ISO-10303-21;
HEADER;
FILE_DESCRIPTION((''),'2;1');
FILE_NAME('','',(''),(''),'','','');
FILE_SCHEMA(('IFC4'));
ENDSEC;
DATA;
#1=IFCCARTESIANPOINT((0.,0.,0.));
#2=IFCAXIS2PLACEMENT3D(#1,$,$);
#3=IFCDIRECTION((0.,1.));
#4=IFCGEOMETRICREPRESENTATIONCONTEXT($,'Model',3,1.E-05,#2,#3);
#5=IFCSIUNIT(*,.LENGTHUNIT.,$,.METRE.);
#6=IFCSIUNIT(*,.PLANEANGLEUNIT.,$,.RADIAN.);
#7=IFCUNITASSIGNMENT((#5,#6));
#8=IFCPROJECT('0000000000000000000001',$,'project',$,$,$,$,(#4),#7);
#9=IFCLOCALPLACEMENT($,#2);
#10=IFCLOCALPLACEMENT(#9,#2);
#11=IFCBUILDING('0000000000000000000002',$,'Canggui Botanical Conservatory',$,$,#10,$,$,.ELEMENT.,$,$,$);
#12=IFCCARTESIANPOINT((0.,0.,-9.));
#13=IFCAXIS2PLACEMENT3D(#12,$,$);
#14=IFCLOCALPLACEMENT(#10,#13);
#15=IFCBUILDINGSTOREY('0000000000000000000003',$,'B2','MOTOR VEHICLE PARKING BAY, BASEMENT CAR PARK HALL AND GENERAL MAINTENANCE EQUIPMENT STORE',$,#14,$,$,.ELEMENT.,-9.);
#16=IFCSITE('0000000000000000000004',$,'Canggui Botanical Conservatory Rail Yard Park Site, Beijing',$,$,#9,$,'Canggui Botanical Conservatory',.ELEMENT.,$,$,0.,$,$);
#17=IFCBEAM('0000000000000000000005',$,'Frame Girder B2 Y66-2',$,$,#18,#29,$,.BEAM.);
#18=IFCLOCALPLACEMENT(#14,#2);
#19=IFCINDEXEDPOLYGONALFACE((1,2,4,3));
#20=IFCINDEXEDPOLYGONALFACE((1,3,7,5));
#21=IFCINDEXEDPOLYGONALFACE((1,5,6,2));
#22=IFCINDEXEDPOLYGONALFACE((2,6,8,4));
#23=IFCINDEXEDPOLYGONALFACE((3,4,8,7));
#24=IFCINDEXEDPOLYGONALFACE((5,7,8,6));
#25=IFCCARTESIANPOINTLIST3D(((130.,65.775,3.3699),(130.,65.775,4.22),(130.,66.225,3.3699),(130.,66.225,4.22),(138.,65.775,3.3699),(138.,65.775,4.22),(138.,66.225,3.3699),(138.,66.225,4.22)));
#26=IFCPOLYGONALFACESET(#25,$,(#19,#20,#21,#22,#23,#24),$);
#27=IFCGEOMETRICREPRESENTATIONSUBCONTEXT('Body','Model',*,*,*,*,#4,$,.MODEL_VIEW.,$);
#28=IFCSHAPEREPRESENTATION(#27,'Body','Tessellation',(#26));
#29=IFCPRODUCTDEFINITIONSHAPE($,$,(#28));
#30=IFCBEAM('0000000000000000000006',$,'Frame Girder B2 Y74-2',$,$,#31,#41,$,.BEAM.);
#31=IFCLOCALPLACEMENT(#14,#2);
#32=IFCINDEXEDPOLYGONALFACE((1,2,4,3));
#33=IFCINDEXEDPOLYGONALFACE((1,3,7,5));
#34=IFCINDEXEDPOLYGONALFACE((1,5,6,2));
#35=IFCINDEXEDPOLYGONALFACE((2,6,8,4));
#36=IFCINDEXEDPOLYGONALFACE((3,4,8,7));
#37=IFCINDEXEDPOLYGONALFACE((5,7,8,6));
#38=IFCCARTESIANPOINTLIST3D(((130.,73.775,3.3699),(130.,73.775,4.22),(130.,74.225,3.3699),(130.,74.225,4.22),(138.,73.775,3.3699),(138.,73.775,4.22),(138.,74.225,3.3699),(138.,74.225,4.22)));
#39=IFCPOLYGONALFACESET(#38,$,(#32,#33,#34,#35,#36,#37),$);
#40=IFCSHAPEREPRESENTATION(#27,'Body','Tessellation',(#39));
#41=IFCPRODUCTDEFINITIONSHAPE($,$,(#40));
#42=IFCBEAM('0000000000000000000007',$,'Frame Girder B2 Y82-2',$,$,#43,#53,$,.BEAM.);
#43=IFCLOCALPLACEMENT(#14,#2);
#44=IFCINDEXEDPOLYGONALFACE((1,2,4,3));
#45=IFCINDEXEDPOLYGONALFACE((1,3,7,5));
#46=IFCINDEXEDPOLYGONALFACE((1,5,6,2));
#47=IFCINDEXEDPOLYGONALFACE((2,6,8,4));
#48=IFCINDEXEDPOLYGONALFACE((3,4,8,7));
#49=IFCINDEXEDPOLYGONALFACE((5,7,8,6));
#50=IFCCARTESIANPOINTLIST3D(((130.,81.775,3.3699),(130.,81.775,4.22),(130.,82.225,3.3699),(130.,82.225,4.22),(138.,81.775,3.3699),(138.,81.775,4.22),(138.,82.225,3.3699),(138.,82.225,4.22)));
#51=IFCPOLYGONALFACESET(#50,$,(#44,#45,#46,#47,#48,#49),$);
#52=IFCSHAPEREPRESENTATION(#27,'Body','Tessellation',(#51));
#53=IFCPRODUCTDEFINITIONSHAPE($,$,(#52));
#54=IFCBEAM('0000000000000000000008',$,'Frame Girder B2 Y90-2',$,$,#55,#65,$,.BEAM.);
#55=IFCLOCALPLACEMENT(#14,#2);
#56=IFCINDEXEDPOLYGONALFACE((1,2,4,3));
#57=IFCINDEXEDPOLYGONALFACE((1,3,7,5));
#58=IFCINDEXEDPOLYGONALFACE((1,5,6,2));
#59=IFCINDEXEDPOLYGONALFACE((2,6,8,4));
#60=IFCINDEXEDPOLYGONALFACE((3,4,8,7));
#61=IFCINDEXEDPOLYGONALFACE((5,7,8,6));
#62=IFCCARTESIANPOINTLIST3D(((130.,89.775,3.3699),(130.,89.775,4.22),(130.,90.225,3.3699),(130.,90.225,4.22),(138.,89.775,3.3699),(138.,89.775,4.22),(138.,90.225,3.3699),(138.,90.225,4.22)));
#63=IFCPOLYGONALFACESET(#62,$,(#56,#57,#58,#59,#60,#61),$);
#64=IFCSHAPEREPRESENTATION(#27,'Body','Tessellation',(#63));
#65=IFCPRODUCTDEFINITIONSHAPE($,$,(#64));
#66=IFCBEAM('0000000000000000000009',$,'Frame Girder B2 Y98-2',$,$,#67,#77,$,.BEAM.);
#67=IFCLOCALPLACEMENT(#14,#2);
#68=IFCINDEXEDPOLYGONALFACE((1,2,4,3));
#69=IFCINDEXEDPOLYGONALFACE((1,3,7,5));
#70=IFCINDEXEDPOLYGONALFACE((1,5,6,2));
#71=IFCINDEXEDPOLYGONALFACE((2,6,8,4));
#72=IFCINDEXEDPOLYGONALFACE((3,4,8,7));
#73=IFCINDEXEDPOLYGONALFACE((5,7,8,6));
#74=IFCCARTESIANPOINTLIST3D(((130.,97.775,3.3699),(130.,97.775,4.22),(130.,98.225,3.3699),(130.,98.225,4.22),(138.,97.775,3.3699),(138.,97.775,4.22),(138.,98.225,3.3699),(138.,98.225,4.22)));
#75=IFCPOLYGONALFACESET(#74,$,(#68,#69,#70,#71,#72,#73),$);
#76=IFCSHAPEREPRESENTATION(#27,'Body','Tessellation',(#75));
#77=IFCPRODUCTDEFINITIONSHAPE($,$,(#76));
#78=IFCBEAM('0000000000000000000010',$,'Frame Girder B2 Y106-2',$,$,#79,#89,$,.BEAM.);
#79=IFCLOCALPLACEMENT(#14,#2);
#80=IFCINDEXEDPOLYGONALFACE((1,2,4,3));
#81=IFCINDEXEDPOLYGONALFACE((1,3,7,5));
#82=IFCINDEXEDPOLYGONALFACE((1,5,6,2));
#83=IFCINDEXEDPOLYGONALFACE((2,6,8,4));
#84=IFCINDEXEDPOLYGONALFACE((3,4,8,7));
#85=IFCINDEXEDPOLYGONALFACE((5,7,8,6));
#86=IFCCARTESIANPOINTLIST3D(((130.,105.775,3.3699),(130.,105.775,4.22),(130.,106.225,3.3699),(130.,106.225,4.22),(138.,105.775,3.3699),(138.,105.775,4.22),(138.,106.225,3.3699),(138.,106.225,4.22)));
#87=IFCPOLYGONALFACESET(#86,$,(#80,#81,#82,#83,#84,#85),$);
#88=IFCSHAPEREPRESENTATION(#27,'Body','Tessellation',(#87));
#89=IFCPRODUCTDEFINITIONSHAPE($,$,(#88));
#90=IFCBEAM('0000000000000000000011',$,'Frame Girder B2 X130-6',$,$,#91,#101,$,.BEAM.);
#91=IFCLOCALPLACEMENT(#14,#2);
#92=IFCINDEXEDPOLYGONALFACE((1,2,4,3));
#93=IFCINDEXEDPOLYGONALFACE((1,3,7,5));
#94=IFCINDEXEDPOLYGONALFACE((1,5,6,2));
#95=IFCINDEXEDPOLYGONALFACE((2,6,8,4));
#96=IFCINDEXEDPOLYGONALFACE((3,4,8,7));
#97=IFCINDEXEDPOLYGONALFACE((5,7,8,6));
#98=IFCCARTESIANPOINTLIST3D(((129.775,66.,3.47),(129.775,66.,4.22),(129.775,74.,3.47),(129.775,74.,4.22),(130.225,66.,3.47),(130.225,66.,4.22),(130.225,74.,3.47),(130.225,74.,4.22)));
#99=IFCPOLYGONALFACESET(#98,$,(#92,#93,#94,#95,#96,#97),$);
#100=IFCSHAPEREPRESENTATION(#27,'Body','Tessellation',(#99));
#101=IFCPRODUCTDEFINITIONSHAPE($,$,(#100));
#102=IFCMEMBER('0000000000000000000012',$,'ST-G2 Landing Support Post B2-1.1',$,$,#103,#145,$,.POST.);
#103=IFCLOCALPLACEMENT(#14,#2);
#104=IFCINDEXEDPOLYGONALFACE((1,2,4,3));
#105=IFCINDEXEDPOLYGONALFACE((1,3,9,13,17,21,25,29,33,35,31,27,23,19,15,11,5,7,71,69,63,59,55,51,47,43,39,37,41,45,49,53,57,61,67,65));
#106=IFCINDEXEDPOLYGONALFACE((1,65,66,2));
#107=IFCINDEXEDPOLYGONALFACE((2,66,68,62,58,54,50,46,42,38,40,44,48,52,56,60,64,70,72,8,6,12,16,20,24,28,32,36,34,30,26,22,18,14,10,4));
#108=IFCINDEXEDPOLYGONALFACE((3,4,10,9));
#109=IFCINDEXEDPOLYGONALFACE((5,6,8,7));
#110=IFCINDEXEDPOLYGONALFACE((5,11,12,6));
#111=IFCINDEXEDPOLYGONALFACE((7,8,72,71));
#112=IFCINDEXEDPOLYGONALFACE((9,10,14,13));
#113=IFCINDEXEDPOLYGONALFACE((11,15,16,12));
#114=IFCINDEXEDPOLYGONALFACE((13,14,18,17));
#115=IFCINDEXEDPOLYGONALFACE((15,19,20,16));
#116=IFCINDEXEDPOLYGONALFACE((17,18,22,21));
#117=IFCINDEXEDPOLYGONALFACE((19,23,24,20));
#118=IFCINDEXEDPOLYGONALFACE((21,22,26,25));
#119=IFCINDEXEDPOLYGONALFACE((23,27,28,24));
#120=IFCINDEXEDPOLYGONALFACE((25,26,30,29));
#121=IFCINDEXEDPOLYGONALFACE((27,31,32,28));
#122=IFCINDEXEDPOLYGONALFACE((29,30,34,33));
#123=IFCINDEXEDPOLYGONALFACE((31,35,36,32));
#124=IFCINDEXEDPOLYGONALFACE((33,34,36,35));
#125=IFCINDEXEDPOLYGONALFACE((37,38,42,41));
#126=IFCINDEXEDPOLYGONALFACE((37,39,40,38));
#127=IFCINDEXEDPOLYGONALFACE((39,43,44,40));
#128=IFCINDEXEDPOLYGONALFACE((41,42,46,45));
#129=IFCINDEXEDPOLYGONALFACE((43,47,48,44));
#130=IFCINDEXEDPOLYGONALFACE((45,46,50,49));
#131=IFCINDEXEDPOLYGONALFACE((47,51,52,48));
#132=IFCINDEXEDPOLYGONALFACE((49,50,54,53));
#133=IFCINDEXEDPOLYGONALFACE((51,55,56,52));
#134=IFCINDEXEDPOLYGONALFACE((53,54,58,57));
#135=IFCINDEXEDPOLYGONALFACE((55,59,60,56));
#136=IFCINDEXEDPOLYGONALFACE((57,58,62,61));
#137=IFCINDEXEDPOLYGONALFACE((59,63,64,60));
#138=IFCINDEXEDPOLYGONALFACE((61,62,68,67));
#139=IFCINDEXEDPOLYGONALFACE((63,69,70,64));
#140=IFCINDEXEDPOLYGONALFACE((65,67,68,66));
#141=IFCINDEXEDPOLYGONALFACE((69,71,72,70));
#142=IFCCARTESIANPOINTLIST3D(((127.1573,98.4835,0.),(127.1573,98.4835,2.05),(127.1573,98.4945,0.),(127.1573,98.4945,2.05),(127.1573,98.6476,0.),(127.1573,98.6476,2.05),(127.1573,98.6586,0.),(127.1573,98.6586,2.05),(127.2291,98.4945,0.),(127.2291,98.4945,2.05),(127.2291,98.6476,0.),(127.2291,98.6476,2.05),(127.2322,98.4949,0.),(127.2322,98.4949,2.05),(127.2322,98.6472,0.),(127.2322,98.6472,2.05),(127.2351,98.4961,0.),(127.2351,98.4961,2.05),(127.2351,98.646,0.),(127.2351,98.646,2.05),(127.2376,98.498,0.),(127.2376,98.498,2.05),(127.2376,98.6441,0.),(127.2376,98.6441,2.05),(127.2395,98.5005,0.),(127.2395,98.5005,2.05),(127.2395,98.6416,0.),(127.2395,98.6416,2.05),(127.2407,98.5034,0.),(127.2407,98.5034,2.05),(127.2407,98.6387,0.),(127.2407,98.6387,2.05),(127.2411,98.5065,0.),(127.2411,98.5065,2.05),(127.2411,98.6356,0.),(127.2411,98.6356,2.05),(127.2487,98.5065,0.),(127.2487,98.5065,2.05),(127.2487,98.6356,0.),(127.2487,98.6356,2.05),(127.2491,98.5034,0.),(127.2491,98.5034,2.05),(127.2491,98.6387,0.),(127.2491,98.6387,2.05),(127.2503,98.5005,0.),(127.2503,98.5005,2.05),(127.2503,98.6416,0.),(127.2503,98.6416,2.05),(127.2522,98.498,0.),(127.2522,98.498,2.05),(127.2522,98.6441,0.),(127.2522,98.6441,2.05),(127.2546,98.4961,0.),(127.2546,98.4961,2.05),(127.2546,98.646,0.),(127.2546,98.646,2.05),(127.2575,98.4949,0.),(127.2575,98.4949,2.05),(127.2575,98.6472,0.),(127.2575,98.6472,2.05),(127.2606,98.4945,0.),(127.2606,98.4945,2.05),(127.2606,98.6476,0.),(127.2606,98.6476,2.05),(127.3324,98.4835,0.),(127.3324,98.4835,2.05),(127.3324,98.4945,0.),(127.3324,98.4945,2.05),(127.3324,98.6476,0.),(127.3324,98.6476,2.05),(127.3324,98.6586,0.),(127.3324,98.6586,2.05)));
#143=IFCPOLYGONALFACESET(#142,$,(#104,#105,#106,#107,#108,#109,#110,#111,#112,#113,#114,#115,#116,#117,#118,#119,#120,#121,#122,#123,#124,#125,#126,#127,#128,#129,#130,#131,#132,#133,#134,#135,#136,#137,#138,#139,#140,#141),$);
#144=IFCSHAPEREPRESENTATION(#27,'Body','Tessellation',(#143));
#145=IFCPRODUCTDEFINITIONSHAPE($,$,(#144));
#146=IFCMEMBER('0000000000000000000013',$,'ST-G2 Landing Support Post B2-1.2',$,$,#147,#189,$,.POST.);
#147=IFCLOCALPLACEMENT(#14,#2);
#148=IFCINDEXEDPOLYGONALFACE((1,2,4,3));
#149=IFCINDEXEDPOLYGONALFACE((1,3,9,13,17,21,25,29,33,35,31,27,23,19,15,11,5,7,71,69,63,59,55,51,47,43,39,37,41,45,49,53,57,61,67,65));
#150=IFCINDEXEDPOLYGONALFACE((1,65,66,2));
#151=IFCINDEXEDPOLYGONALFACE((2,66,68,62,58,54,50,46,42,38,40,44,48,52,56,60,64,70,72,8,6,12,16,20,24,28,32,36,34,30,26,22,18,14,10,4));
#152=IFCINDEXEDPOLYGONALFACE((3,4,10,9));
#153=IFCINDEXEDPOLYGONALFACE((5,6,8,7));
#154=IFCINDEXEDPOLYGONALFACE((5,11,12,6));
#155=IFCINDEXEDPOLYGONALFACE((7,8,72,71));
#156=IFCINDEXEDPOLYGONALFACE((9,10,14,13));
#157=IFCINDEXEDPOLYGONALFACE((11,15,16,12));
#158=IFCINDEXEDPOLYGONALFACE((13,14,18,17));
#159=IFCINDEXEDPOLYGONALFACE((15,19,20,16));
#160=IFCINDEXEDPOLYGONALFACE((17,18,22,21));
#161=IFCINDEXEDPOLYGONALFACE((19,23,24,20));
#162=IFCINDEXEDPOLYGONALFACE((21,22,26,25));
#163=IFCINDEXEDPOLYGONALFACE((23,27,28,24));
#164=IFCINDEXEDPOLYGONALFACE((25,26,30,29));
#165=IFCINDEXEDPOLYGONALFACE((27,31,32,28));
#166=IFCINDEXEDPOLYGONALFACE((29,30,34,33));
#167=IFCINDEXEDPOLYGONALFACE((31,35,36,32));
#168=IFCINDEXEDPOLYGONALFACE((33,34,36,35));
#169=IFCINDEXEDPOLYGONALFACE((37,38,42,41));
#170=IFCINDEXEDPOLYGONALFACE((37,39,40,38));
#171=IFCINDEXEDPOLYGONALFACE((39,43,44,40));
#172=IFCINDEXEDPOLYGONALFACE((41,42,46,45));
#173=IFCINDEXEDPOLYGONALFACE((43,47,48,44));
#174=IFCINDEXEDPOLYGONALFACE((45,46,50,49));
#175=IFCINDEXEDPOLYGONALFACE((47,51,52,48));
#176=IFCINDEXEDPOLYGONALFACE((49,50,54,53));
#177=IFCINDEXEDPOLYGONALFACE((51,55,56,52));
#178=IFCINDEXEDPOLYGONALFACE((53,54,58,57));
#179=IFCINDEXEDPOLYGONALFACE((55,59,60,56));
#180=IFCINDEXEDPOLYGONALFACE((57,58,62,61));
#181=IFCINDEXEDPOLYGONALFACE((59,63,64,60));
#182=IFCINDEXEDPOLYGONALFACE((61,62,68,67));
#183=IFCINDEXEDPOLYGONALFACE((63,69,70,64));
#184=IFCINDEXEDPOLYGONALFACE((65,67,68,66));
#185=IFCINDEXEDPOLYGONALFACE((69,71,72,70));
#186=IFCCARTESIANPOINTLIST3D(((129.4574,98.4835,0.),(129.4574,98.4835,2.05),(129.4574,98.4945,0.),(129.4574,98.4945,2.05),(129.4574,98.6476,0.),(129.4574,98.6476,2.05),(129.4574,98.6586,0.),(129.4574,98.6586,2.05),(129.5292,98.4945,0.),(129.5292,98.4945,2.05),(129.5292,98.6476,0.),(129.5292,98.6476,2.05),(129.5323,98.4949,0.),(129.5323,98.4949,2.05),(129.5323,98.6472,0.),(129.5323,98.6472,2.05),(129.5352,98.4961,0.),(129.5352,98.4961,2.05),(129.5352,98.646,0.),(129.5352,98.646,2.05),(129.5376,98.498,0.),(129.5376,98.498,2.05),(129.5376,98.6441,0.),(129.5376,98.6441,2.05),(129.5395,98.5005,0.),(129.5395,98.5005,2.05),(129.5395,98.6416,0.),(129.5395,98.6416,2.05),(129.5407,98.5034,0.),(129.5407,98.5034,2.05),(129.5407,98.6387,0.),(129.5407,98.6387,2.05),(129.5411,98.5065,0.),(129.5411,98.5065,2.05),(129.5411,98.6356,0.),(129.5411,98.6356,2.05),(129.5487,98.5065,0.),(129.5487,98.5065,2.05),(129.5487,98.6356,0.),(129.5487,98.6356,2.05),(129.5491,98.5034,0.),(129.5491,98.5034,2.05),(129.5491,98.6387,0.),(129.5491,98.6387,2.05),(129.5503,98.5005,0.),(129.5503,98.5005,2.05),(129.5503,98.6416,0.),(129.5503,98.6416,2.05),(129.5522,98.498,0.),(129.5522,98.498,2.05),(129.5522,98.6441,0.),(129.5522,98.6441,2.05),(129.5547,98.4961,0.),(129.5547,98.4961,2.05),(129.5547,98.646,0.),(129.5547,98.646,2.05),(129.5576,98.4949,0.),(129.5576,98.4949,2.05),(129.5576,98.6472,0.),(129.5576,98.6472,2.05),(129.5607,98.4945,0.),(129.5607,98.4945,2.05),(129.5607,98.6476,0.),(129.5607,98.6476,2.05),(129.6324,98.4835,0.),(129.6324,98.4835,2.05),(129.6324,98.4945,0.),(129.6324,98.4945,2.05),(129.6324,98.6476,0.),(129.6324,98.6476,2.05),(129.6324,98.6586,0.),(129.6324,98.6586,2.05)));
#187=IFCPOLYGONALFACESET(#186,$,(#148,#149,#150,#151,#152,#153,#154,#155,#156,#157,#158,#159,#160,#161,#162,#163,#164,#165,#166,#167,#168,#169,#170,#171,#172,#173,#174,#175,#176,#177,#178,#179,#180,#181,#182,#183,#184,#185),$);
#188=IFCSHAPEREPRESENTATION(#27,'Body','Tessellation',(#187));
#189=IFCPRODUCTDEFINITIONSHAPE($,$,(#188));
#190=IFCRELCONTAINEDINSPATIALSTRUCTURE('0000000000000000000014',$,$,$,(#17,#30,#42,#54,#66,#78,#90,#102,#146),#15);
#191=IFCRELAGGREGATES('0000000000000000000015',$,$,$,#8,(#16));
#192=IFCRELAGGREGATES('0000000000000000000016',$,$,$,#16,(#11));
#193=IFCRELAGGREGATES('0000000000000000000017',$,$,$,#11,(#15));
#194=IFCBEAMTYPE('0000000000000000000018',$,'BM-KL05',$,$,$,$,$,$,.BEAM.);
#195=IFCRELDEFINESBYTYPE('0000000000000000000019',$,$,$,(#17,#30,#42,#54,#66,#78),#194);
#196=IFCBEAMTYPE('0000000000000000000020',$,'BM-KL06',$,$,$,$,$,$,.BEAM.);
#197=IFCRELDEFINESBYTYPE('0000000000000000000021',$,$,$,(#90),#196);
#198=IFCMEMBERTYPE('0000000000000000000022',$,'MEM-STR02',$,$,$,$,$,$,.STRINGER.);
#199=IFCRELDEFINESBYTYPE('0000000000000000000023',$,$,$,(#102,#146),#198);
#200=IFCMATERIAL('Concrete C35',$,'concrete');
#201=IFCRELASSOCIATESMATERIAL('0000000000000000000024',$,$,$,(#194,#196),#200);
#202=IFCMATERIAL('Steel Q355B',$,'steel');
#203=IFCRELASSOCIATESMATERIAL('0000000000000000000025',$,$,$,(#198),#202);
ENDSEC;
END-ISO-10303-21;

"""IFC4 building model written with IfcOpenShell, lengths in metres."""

from ifc_helpers import new_model, si_unit, direction, frame, origin, origin_2d, place, context, subcontext, project, spatial, rectangle, i_section, extrude, material, material_profile, profile_set, type_object, element, save


model = new_model("IFC4")

# Units and contexts
model_context = context("Model", 3, precision=1e-05, world=origin(), true_north=direction((0.0, 1.0)))
body_context = subcontext(model_context, "Body", "Model", "MODEL_VIEW")
ifc_project = project(units=[si_unit("LENGTHUNIT", "METRE"), si_unit("PLANEANGLEUNIT", "RADIAN")], contexts=[model_context])

# Site, building, storey
site_placement = place(None, origin())
site = spatial("IfcSite", under=ifc_project, at=site_placement, Name="Canggui Botanical Conservatory Rail Yard Park Site, Beijing", LongName="Canggui Botanical Conservatory", CompositionType="ELEMENT", RefElevation=0.0)
building_placement = place(site_placement, origin())
building = spatial("IfcBuilding", under=site, at=building_placement, Name="Canggui Botanical Conservatory", CompositionType="ELEMENT")
storey_placement = place(building_placement, frame((0.0, 0.0, -9.0)))
storey = spatial("IfcBuildingStorey", under=building, at=storey_placement, Name="B2", Description="MOTOR VEHICLE PARKING BAY, BASEMENT CAR PARK HALL AND GENERAL MAINTENANCE EQUIPMENT STORE", CompositionType="ELEMENT", Elevation=-9.0)

# Shared definitions
ifc_material_1 = material(Name="Concrete C35", Category="concrete")

# Beams
ifc_material_profile_1 = material_profile(ifc_material_1, rectangle(XDim=0.45, YDim=0.8501, at=origin_2d()), Name="RB 450x850")
ifc_profile_set_1 = profile_set([ifc_material_profile_1], Name="Concrete C35")
beam_type_1 = type_object("IfcBeamType", Name="BM-KL05", PredefinedType="BEAM", material=ifc_profile_set_1)
for number, where, z_axis, x_axis, name in (
    (1, (130.0, 66.0, 3.7949), (1.0, 0.0, 0.0), (0.0, 1.0, 0.0), "Frame Girder B2 Y66-2"),
    (2, (130.0, 74.0, 3.7949), (1.0, 0.0, 0.0), (0.0, 1.0, 0.0), "Frame Girder B2 Y74-2"),
    (3, (130.0, 82.0, 3.7949), (1.0, 0.0, 0.0), (0.0, 1.0, 0.0), "Frame Girder B2 Y82-2"),
    (4, (130.0, 90.0, 3.7949), (1.0, 0.0, 0.0), (0.0, 1.0, 0.0), "Frame Girder B2 Y90-2"),
    (5, (130.0, 98.0, 3.7949), (1.0, 0.0, 0.0), (0.0, 1.0, 0.0), "Frame Girder B2 Y98-2"),
    (6, (130.0, 106.0, 3.7949), (1.0, 0.0, 0.0), (0.0, 1.0, 0.0), "Frame Girder B2 Y106-2"),
):
    element("IfcBeam", number, at=place(storey_placement, frame(where, z_axis=z_axis, x_axis=x_axis)), inside=storey, type_object=beam_type_1, Name=name, PredefinedType="BEAM", context=body_context, shape_type="SweptSolid", body=[
        extrude(rectangle(XDim=0.45, YDim=0.8501, at=origin_2d()), origin(), (0.0, 0.0, 1.0), 8.0),
    ])
ifc_material_profile_2 = material_profile(ifc_material_1, rectangle(XDim=0.45, YDim=0.75, at=origin_2d()), Name="RB 450x750")
ifc_profile_set_2 = profile_set([ifc_material_profile_2], Name="Concrete C35")
beam_type_2 = type_object("IfcBeamType", Name="BM-KL06", PredefinedType="BEAM", material=ifc_profile_set_2)
beam_placement = place(storey_placement, frame((130.0, 66.0, 3.845), z_axis=(0.0, 1.0, 0.0), x_axis=(-1.0, 0.0, 0.0)))
element("IfcBeam", 7, at=beam_placement, inside=storey, type_object=beam_type_2, Name="Frame Girder B2 X130-6", PredefinedType="BEAM", context=body_context, shape_type="SweptSolid", body=[
    extrude(rectangle(XDim=0.45, YDim=0.75, at=origin_2d()), origin(), (0.0, 0.0, 1.0), 8.0),
])

# Members
ifc_material_2 = material(Name="Steel Q355B", Category="steel")
ifc_material_profile_3 = material_profile(ifc_material_2, i_section(OverallWidth=0.175, OverallDepth=0.175, WebThickness=0.0076, FlangeThickness=0.011, FilletRadius=0.012, at=origin_2d()), Name="HW 175x175x7.5x11")
ifc_profile_set_3 = profile_set([ifc_material_profile_3], Name="Steel Q355B")
member_type = type_object("IfcMemberType", Name="MEM-STR02", PredefinedType="STRINGER", material=ifc_profile_set_3)
for number, where, z_axis, x_axis, name in (
    (8, (127.2449, 98.571, 0.0), (0.0, 0.0, 1.0), (1.0, 0.0, 0.0), "ST-G2 Landing Support Post B2-1.1"),
    (9, (129.5449, 98.571, 0.0), (0.0, 0.0, 1.0), (1.0, 0.0, 0.0), "ST-G2 Landing Support Post B2-1.2"),
):
    element("IfcMember", number, at=place(storey_placement, frame(where, z_axis=z_axis, x_axis=x_axis)), inside=storey, type_object=member_type, Name=name, PredefinedType="POST", context=body_context, shape_type="SweptSolid", body=[
        extrude(i_section(OverallWidth=0.175, OverallDepth=0.175, WebThickness=0.0076, FlangeThickness=0.011, FilletRadius=0.012, at=origin_2d()), origin(), (0.0, 0.0, 1.0), 2.05),
    ])

save(model, "model.ifc")
